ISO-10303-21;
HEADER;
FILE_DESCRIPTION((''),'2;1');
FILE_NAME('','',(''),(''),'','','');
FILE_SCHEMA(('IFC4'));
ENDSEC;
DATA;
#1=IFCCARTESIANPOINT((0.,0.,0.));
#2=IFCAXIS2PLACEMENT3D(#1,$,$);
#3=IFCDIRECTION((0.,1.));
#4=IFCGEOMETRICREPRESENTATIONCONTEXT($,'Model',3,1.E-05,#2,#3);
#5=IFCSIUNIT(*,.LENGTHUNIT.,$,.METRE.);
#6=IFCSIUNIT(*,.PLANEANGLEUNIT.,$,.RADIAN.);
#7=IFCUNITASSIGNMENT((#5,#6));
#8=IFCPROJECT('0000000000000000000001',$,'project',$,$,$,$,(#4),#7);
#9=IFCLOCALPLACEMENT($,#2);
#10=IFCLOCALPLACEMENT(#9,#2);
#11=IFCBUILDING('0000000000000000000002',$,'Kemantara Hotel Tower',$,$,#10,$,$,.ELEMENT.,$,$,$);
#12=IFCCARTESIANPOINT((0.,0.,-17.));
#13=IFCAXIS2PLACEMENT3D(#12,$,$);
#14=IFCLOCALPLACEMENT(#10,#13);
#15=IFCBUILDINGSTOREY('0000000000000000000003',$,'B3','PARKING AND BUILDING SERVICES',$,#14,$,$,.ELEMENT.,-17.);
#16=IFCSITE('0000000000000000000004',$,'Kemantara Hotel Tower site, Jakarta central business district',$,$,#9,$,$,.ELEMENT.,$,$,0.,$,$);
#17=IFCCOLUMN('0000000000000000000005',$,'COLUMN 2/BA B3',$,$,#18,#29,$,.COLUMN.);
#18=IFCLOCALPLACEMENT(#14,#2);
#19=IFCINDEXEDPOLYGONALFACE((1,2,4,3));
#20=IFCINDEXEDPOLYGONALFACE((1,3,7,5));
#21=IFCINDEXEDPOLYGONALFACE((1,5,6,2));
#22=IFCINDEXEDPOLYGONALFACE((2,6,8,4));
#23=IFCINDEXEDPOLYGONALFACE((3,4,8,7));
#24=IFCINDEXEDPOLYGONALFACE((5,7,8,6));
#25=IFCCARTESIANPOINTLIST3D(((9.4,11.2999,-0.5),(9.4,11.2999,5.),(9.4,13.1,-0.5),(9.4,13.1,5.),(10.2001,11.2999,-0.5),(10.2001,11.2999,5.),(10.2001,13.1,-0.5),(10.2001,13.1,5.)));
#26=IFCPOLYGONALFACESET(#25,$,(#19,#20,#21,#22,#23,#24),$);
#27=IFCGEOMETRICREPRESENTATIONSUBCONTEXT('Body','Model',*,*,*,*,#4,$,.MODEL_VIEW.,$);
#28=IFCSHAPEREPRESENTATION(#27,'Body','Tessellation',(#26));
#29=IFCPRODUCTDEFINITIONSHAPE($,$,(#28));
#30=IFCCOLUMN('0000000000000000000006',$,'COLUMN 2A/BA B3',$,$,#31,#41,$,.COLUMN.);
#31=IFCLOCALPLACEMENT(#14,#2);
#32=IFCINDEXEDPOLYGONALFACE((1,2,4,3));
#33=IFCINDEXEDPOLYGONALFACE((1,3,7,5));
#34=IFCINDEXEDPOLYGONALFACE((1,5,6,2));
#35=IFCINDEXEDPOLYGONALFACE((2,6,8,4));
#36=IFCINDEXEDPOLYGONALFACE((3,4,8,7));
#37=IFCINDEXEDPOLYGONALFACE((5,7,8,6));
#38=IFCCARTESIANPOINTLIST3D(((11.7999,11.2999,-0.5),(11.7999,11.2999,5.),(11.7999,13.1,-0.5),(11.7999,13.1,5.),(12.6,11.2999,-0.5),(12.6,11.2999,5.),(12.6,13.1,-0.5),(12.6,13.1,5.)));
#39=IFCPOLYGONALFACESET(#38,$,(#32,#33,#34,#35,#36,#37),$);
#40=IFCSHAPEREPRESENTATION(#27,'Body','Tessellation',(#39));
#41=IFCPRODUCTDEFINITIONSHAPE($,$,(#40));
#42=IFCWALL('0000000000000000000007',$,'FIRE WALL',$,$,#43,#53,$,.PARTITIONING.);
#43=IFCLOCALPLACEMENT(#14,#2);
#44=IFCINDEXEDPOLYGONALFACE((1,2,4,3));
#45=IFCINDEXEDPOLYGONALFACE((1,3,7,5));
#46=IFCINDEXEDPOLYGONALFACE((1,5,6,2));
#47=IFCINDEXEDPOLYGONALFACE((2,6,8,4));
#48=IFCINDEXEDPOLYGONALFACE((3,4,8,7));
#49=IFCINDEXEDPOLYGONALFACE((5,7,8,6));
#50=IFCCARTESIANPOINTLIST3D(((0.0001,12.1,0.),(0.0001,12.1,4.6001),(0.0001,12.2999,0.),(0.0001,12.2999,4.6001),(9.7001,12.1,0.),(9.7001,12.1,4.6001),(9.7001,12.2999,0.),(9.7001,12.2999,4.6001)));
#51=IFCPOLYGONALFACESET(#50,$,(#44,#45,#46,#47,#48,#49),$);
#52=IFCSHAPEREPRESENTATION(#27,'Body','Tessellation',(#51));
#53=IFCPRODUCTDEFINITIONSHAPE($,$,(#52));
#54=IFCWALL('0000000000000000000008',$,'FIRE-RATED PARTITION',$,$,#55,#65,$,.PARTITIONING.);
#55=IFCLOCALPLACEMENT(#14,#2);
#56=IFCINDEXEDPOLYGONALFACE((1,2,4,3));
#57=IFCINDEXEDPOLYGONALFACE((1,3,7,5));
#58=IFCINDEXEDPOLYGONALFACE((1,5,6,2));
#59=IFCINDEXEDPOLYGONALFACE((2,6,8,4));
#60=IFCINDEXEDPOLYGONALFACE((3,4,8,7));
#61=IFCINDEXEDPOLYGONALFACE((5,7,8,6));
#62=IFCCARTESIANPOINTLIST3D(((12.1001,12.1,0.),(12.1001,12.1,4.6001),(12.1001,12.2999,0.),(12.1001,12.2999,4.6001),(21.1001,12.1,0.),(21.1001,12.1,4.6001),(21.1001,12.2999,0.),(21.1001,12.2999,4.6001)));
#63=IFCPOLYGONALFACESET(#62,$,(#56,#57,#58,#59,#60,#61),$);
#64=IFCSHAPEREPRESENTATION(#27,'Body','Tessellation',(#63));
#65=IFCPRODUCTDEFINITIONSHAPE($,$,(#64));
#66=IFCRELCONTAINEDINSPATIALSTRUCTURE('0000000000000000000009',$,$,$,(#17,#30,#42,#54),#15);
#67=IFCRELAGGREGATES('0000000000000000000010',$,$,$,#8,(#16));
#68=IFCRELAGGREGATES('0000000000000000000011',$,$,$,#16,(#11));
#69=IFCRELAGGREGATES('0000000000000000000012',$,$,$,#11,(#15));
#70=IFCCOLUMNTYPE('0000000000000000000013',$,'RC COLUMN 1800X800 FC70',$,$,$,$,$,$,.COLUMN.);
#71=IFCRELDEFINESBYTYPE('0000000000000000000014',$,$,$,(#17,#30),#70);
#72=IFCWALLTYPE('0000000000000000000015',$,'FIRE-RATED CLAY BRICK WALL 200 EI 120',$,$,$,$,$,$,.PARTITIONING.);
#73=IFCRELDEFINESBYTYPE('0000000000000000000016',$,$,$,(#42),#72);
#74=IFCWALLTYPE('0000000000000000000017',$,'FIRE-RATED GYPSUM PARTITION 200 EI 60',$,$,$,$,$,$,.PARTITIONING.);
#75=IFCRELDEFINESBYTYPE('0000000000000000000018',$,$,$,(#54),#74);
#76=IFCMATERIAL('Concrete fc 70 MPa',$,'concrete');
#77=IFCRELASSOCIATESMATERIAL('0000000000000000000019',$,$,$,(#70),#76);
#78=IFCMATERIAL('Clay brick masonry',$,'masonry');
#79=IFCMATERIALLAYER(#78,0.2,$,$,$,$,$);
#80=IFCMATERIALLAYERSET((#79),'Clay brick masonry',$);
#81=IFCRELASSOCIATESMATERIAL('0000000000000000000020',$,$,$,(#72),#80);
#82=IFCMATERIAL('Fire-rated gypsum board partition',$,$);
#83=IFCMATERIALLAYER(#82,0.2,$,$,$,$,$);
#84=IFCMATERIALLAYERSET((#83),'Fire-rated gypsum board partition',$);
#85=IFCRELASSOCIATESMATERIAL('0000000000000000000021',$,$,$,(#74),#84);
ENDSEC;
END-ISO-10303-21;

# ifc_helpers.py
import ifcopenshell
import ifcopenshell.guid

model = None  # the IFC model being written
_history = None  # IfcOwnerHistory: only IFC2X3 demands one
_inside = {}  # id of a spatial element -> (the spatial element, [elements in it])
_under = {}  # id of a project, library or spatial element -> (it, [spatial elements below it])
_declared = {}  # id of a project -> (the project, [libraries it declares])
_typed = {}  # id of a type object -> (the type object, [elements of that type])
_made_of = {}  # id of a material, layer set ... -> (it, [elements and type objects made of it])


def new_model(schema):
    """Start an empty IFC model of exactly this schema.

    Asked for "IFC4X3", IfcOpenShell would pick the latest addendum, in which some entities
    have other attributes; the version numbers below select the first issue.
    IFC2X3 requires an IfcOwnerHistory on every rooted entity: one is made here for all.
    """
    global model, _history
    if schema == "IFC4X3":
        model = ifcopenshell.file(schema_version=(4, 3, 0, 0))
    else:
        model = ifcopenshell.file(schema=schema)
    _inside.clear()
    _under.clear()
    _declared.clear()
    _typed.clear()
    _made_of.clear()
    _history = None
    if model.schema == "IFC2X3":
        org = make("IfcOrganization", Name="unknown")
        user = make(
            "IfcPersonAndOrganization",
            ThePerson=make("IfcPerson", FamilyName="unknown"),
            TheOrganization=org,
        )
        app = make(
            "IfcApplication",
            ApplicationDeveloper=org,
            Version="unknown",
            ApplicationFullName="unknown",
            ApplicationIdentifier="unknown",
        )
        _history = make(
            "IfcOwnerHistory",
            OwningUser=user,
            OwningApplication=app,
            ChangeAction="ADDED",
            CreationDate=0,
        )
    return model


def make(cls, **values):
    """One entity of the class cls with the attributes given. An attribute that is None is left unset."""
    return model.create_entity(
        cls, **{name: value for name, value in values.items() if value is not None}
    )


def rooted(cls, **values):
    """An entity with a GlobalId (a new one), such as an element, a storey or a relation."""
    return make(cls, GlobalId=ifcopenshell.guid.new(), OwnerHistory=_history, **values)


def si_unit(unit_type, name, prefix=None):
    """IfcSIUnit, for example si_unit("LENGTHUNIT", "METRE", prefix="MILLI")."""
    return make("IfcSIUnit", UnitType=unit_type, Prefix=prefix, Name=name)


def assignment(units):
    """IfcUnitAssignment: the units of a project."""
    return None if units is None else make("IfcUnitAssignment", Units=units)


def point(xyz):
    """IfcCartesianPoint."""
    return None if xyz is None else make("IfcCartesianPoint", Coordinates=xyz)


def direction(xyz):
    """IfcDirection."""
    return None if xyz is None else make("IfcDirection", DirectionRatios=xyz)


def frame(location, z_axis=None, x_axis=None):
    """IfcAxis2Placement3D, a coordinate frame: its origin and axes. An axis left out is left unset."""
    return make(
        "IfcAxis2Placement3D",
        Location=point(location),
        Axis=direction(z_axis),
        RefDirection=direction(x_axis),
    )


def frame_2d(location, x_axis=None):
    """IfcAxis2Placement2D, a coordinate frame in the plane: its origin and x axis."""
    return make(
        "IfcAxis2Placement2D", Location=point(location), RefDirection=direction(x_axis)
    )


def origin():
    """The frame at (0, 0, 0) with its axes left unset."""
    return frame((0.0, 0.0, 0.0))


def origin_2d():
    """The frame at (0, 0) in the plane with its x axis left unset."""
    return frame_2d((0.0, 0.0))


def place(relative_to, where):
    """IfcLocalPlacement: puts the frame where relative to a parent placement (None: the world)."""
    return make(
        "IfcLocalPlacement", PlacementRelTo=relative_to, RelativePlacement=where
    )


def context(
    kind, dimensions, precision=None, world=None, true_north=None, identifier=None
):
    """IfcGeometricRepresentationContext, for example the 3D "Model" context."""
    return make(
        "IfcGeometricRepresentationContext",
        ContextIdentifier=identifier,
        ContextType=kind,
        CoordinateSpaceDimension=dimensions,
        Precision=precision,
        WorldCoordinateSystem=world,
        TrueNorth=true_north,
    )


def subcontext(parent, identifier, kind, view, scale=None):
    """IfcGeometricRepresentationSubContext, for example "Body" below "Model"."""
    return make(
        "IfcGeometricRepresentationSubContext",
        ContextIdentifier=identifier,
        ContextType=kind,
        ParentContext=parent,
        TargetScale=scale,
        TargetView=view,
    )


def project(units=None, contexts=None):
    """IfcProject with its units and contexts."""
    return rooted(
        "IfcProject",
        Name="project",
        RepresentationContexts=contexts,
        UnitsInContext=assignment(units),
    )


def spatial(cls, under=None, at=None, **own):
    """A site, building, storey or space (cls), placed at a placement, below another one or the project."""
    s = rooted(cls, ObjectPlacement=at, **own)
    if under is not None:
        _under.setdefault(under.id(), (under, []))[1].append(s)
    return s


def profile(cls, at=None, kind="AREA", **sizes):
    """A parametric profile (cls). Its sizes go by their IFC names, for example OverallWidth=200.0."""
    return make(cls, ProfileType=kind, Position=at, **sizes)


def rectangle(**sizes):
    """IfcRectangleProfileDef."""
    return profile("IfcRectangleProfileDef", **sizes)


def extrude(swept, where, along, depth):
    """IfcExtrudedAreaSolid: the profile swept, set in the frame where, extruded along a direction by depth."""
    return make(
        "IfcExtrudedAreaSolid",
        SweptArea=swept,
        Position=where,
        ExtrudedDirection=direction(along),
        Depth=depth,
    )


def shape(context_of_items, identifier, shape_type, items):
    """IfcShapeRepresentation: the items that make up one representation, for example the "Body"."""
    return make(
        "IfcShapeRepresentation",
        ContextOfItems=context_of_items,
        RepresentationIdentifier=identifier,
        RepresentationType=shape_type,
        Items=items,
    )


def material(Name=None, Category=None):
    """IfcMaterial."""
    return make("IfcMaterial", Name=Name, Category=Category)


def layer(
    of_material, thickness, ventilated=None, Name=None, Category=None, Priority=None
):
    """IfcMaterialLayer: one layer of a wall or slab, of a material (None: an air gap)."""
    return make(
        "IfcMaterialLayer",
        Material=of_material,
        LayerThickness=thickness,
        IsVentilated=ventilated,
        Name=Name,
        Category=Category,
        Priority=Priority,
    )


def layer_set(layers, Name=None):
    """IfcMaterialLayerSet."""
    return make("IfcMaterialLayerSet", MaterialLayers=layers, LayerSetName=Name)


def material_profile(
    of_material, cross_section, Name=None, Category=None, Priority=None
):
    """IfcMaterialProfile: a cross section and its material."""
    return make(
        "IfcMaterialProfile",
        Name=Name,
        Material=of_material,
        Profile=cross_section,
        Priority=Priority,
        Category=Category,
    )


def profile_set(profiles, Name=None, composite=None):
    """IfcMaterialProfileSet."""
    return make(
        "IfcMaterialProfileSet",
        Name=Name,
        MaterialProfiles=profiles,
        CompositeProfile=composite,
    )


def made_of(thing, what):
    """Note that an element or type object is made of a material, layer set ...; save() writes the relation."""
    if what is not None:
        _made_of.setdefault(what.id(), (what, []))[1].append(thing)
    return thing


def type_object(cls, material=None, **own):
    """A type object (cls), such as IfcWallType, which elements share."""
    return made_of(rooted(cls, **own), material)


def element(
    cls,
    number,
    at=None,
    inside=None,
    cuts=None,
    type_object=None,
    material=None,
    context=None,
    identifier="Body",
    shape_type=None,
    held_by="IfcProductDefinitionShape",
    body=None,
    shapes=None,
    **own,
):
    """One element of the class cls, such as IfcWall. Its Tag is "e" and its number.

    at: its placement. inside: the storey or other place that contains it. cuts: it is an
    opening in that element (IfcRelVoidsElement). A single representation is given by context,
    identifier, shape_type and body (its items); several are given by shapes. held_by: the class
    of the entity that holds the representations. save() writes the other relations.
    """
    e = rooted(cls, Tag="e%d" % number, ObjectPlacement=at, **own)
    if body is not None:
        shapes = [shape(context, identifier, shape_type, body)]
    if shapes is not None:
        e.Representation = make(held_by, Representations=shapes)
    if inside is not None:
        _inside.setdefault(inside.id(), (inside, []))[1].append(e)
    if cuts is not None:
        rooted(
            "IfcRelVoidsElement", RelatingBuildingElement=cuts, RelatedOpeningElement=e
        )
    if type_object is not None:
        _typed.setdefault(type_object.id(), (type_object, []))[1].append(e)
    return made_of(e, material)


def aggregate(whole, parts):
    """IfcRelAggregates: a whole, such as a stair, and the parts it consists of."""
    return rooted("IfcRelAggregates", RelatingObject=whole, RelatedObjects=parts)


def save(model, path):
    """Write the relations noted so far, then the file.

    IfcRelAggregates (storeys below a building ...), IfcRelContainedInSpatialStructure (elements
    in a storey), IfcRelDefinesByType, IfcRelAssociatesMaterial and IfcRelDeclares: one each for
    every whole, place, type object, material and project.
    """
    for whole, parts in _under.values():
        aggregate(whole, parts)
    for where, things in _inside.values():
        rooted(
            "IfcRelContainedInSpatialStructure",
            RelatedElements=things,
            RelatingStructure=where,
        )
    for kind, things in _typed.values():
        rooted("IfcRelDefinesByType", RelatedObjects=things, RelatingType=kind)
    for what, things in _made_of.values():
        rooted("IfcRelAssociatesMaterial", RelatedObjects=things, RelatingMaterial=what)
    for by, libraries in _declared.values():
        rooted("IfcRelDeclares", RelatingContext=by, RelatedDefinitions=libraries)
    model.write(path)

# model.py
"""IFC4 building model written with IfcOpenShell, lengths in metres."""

from ifc_helpers import new_model, si_unit, direction, frame, frame_2d, origin, origin_2d, place, context, subcontext, project, spatial, rectangle, extrude, material, layer, layer_set, material_profile, profile_set, type_object, element, save


model = new_model("IFC4")

# Units and contexts
model_context = context("Model", 3, precision=1e-05, world=origin(), true_north=direction((0.0, 1.0)))
body_context = subcontext(model_context, "Body", "Model", "MODEL_VIEW")
ifc_project = project(units=[si_unit("LENGTHUNIT", "METRE"), si_unit("PLANEANGLEUNIT", "RADIAN")], contexts=[model_context])

# Site, building, storey
site_placement = place(None, origin())
site = spatial("IfcSite", under=ifc_project, at=site_placement, Name="Kemantara Hotel Tower site, Jakarta central business district", CompositionType="ELEMENT", RefElevation=0.0)
building_placement = place(site_placement, origin())
building = spatial("IfcBuilding", under=site, at=building_placement, Name="Kemantara Hotel Tower", CompositionType="ELEMENT")
storey_placement = place(building_placement, frame((0.0, 0.0, -17.0)))
storey = spatial("IfcBuildingStorey", under=building, at=storey_placement, Name="B3", Description="PARKING AND BUILDING SERVICES", CompositionType="ELEMENT", Elevation=-17.0)

# Columns
ifc_material_1 = material(Name="Concrete fc 70 MPa", Category="concrete")
ifc_material_profile_1 = material_profile(ifc_material_1, rectangle(XDim=1.8, YDim=0.8, at=origin_2d()), Name="RC 1800X800")
ifc_profile_set_1 = profile_set([ifc_material_profile_1], Name="Concrete fc 70 MPa")
column_type_1 = type_object("IfcColumnType", Name="RC COLUMN 1800X800 FC70", PredefinedType="COLUMN", material=ifc_profile_set_1)
for number, where, z_axis, x_axis, name in (
    (1, (9.8, 12.2, -0.5), (0.0, 0.0, 1.0), (0.0, 1.0, 0.0), "COLUMN 2/BA B3"),
    (2, (12.2, 12.2, -0.5), (0.0, 0.0, 1.0), (0.0, 1.0, 0.0), "COLUMN 2A/BA B3"),
):
    element("IfcColumn", number, at=place(storey_placement, frame(where, z_axis=z_axis, x_axis=x_axis)), inside=storey, type_object=column_type_1, Name=name, PredefinedType="COLUMN", context=body_context, shape_type="SweptSolid", body=[
        extrude(rectangle(XDim=1.8, YDim=0.8, at=origin_2d()), origin(), (0.0, 0.0, 1.0), 5.5),
    ])

# Walls
ifc_material_2 = material(Name="Clay brick masonry", Category="masonry")
ifc_layer_1 = layer(ifc_material_2, 0.2)
ifc_layer_set_1 = layer_set([ifc_layer_1], Name="Clay brick masonry")
wall_type_1 = type_object("IfcWallType", Name="FIRE-RATED CLAY BRICK WALL 200 EI 120", PredefinedType="PARTITIONING", material=ifc_layer_set_1)
wall_1_placement = place(storey_placement, frame((0.0, 12.2, 0.0), z_axis=(0.0, 0.0, 1.0), x_axis=(1.0, 0.0, 0.0)))
element("IfcWall", 3, at=wall_1_placement, inside=storey, type_object=wall_type_1, Name="FIRE WALL", PredefinedType="PARTITIONING", context=body_context, shape_type="SweptSolid", body=[
    extrude(rectangle(XDim=9.7, YDim=0.2, at=frame_2d((4.8501, 0.0))), origin(), (0.0, 0.0, 1.0), 4.6001),
])
ifc_material_3 = material(Name="Fire-rated gypsum board partition")
ifc_layer_2 = layer(ifc_material_3, 0.2)
ifc_layer_set_2 = layer_set([ifc_layer_2], Name="Fire-rated gypsum board partition")
wall_type_2 = type_object("IfcWallType", Name="FIRE-RATED GYPSUM PARTITION 200 EI 60", PredefinedType="PARTITIONING", material=ifc_layer_set_2)
wall_2_placement = place(storey_placement, frame((12.1001, 12.2, 0.0), z_axis=(0.0, 0.0, 1.0), x_axis=(1.0, 0.0, 0.0)))
element("IfcWall", 4, at=wall_2_placement, inside=storey, type_object=wall_type_2, Name="FIRE-RATED PARTITION", PredefinedType="PARTITIONING", context=body_context, shape_type="SweptSolid", body=[
    extrude(rectangle(XDim=9.0, YDim=0.2, at=frame_2d((4.5, 0.0))), origin(), (0.0, 0.0, 1.0), 4.6001),
])

save(model, "model.ifc")
